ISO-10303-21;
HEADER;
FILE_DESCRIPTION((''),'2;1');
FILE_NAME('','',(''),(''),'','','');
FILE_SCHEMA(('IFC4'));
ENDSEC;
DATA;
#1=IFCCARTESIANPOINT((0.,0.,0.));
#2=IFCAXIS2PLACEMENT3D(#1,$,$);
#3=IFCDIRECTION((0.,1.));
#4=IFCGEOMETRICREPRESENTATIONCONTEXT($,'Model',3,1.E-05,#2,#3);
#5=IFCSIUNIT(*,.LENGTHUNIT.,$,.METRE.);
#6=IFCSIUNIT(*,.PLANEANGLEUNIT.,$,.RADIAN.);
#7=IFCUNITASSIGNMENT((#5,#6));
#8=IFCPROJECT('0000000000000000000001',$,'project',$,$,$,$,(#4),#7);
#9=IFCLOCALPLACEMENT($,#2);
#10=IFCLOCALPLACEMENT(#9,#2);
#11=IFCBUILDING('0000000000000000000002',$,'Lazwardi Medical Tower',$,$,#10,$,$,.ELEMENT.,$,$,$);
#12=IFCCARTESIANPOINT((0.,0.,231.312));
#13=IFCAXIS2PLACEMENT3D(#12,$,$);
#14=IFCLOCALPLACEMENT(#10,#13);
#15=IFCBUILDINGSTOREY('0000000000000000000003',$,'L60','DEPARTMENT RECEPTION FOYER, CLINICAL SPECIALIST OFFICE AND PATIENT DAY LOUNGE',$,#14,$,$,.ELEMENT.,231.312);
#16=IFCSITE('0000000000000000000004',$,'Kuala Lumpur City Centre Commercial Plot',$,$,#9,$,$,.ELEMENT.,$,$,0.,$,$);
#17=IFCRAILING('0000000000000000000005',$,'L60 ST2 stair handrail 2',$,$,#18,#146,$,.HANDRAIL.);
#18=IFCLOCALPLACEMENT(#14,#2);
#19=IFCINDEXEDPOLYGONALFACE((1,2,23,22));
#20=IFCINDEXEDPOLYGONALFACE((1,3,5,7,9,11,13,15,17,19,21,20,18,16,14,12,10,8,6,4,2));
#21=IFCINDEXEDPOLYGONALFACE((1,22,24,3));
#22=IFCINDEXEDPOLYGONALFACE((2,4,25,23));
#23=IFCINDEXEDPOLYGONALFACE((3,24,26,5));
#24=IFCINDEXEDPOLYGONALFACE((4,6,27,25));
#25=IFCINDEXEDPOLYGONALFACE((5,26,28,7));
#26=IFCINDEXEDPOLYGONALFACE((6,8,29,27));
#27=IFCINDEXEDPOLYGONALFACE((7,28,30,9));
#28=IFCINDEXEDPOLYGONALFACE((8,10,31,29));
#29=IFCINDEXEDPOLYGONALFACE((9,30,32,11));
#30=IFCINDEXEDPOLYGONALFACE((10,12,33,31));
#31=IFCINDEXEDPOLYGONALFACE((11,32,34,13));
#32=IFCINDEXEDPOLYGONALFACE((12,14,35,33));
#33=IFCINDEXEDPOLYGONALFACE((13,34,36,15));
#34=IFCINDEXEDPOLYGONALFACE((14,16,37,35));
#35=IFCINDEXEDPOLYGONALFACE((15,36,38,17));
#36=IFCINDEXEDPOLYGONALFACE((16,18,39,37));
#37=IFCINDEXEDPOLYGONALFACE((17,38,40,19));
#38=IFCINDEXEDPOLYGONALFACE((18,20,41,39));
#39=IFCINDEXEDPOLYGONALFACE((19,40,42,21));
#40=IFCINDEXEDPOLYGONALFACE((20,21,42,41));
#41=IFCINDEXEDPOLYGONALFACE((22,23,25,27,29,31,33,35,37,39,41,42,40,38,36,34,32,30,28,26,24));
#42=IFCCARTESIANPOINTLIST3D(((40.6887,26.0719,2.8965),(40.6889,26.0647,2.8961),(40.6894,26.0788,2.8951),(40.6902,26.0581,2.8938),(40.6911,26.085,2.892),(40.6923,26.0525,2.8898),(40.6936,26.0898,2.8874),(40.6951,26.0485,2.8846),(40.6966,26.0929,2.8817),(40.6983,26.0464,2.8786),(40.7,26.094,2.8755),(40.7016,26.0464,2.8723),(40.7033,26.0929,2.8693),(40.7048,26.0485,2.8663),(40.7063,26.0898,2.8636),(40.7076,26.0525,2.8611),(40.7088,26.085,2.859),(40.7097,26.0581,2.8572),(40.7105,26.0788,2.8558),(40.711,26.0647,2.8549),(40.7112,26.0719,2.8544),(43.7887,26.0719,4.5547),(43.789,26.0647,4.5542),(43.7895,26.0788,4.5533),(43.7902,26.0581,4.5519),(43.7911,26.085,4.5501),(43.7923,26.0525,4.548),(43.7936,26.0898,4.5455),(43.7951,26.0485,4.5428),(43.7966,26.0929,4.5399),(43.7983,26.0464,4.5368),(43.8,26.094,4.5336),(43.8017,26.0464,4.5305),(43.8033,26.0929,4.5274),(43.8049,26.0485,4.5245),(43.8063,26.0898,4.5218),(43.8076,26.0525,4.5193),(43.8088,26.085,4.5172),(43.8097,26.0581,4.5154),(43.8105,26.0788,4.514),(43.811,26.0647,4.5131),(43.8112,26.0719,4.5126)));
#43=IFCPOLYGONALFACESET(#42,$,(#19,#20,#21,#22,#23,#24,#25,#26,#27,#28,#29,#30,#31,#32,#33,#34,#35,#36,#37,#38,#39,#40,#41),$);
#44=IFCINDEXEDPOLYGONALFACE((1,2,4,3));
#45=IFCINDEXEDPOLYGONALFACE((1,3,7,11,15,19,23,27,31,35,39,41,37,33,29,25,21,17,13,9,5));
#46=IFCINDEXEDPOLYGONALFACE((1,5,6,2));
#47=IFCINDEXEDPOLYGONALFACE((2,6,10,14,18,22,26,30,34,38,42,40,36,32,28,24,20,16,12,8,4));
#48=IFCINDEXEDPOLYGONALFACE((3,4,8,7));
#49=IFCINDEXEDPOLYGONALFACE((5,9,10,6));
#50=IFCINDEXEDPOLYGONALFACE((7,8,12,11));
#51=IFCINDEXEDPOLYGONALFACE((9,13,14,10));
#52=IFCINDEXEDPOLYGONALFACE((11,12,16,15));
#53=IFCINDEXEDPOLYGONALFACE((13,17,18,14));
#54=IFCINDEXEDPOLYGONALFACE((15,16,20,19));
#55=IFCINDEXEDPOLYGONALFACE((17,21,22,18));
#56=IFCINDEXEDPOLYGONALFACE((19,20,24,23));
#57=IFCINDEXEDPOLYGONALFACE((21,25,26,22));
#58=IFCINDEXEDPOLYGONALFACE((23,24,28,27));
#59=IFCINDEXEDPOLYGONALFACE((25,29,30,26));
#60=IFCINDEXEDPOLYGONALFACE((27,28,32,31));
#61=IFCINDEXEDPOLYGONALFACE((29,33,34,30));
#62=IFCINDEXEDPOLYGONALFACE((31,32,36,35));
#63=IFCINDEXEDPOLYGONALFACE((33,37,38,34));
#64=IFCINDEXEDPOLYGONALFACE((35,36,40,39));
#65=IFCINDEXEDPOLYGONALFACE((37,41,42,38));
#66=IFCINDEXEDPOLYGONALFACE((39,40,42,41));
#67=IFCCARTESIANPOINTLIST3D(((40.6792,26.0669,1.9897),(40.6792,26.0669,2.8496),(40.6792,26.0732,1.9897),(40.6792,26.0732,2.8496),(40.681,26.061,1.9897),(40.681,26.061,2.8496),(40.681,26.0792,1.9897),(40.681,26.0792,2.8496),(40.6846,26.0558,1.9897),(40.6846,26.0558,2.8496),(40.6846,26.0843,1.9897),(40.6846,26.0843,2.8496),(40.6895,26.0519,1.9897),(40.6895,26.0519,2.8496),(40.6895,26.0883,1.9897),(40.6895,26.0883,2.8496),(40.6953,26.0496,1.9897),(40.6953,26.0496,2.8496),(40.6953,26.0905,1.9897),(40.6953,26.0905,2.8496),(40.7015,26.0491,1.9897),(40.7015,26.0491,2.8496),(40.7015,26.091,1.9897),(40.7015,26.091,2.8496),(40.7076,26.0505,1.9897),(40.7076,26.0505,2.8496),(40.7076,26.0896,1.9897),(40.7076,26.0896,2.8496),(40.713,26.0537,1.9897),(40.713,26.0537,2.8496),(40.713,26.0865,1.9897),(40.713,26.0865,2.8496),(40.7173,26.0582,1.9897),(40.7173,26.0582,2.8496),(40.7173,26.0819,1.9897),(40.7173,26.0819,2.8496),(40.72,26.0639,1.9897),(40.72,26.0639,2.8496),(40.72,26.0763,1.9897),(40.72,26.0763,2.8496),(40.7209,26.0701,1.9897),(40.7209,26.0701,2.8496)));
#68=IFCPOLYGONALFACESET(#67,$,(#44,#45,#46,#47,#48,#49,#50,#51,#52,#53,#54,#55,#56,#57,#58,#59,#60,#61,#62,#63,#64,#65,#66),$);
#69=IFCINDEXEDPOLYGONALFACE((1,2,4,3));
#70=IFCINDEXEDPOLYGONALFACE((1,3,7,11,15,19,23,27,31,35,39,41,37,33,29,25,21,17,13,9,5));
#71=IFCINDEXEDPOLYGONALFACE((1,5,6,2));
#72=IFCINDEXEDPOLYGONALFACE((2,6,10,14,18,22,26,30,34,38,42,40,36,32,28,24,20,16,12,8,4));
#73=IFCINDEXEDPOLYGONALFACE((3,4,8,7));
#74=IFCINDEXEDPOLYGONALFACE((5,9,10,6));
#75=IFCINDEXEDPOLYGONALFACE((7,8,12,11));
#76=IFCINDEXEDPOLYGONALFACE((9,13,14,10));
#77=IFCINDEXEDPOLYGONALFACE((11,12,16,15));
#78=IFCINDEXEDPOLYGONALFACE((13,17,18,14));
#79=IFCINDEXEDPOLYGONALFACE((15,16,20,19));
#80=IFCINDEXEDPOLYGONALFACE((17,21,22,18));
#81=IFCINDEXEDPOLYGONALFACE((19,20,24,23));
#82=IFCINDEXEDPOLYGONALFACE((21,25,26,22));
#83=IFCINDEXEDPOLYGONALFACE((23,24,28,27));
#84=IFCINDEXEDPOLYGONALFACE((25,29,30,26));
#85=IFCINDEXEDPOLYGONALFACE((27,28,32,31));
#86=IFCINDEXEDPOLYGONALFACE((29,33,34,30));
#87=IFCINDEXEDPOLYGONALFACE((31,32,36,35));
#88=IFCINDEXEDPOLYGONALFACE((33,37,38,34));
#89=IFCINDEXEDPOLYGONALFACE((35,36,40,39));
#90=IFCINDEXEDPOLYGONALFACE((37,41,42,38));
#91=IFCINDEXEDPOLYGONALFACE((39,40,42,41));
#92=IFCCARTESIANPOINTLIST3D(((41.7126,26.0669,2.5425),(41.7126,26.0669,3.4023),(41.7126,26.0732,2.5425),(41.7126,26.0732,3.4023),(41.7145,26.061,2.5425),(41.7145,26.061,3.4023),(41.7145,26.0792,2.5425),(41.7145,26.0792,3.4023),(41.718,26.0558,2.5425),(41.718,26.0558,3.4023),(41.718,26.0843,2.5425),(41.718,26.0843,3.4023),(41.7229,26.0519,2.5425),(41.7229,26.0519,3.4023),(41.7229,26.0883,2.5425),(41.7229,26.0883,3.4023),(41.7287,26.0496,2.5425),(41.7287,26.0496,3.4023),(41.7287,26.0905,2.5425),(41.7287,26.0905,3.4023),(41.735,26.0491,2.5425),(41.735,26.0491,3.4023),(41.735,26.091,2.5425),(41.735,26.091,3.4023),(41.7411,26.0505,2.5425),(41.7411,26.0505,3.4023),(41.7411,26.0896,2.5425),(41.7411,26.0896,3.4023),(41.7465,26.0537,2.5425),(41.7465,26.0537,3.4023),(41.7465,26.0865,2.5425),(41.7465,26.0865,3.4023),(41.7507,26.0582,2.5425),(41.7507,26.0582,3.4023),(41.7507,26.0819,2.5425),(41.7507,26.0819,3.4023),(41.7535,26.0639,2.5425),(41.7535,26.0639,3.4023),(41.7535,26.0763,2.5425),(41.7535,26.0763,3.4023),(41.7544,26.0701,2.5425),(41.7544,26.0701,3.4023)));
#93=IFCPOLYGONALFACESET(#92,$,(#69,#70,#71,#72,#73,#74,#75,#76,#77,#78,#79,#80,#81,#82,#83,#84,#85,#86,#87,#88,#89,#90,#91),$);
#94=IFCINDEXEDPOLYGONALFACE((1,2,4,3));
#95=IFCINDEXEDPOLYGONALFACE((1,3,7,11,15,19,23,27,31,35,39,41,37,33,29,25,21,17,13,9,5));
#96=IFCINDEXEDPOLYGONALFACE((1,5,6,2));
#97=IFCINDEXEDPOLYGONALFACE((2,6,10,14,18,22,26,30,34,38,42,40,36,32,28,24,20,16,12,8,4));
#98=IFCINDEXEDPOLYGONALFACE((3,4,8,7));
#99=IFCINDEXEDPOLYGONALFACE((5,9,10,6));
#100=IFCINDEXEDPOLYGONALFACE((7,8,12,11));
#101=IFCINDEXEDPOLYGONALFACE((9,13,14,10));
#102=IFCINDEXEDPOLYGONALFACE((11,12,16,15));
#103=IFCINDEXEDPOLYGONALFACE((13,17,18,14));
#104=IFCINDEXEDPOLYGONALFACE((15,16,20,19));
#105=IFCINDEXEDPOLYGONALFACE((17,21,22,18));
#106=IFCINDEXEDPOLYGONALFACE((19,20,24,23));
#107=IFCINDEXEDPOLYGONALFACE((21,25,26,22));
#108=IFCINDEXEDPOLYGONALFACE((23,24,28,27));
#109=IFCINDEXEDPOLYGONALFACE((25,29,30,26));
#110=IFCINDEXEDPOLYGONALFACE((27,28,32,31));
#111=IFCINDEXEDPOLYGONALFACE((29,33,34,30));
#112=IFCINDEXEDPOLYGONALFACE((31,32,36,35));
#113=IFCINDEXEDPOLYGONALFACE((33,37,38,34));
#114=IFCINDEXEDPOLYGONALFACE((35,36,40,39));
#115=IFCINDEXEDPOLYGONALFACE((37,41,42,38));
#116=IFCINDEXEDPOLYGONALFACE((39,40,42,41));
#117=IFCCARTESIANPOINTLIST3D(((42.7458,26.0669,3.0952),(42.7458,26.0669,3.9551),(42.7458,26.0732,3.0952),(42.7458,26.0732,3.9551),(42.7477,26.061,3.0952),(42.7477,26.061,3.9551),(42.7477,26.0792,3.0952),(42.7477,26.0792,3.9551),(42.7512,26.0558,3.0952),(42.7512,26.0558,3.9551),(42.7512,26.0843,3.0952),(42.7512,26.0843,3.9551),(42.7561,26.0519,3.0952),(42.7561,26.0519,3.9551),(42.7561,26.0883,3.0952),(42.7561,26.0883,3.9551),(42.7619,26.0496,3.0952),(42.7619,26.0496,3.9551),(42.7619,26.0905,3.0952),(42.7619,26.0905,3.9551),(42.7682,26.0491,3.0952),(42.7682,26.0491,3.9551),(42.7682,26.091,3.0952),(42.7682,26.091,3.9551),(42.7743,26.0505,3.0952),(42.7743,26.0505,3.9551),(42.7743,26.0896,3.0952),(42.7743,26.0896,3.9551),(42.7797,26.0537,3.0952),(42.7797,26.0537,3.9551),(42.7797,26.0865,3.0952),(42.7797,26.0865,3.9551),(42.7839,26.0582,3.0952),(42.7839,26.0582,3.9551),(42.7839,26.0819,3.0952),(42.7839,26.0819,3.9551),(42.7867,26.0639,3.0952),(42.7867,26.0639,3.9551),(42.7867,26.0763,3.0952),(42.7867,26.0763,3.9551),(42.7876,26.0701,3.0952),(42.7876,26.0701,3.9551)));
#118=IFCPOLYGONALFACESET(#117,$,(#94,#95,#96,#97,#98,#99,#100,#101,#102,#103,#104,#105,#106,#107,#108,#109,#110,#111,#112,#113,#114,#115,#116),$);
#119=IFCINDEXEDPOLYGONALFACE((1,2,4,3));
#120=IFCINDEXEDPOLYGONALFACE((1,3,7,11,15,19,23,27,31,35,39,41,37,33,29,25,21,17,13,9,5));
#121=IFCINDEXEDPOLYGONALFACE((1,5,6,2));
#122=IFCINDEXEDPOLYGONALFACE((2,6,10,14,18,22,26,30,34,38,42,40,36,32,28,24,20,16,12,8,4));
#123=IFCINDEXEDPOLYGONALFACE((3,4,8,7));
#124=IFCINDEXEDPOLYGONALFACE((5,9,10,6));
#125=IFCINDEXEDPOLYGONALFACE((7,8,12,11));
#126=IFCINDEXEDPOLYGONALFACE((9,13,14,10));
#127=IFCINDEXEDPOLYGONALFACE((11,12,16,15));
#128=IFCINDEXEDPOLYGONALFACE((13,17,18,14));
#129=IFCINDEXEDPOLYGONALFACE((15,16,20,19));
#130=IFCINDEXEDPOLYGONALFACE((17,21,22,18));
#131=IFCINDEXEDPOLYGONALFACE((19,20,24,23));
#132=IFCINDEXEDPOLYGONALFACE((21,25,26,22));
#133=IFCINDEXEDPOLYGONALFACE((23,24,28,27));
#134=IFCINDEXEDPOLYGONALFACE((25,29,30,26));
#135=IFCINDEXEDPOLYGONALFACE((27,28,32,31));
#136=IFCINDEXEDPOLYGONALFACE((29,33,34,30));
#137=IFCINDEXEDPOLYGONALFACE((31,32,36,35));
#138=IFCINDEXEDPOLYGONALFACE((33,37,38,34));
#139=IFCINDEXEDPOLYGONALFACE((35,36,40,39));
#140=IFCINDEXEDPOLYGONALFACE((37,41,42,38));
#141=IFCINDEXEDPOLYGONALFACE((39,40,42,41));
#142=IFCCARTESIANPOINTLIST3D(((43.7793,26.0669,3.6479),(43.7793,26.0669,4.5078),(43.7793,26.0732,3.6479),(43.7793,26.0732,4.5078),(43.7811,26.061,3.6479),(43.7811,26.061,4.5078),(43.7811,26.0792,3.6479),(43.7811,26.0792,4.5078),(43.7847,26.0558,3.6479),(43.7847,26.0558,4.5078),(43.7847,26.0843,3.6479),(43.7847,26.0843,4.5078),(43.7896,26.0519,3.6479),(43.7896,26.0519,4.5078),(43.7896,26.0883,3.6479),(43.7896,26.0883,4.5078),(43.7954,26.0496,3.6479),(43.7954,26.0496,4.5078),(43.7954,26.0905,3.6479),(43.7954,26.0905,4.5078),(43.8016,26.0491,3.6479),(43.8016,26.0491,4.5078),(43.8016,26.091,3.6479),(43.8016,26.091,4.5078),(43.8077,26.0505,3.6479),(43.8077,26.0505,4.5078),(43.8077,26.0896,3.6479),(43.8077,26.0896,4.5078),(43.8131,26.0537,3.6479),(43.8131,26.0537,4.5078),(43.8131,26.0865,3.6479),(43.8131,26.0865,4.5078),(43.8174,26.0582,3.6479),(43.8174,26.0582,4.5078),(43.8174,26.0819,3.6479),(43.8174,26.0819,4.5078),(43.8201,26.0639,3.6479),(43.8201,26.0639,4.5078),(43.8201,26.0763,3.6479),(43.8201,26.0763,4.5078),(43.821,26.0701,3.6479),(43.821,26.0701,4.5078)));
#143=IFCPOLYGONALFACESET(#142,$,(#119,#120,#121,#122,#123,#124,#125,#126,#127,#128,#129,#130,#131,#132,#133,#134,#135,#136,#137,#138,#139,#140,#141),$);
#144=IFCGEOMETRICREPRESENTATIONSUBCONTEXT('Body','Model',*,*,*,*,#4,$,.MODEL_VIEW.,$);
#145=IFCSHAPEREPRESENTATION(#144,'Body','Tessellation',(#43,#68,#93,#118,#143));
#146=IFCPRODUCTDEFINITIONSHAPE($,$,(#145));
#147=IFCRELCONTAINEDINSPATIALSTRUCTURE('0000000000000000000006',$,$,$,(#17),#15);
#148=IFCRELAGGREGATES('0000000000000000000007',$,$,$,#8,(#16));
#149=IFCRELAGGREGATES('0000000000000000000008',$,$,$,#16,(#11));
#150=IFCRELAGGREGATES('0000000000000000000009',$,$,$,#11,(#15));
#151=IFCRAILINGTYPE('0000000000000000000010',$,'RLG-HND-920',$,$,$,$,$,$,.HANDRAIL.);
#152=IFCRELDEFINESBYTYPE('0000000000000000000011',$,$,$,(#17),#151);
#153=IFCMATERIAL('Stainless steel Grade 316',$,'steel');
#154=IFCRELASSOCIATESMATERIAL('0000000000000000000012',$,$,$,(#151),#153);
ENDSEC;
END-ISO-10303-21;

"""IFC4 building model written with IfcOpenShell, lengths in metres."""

from ifc_helpers import new_model, si_unit, direction, frame, origin, origin_2d, place, context, subcontext, project, spatial, circle, extrude, material, type_object, element, save


model = new_model("IFC4")

# Units and contexts
model_context = context("Model", 3, precision=1e-05, world=origin(), true_north=direction((0.0, 1.0)))
body_context = subcontext(model_context, "Body", "Model", "MODEL_VIEW")
ifc_project = project(units=[si_unit("LENGTHUNIT", "METRE"), si_unit("PLANEANGLEUNIT", "RADIAN")], contexts=[model_context])

# Site, building, storey
site_placement = place(None, origin())
site = spatial("IfcSite", under=ifc_project, at=site_placement, Name="Kuala Lumpur City Centre Commercial Plot", CompositionType="ELEMENT", RefElevation=0.0)
building_placement = place(site_placement, origin())
building = spatial("IfcBuilding", under=site, at=building_placement, Name="Lazwardi Medical Tower", CompositionType="ELEMENT")
storey_placement = place(building_placement, frame((0.0, 0.0, 231.312)))
storey = spatial("IfcBuildingStorey", under=building, at=storey_placement, Name="L60", Description="DEPARTMENT RECEPTION FOYER, CLINICAL SPECIALIST OFFICE AND PATIENT DAY LOUNGE", CompositionType="ELEMENT", Elevation=231.312)

# Railing
ifc_material_1 = material(Name="Stainless steel Grade 316", Category="steel")
railing_type_1 = type_object("IfcRailingType", Name="RLG-HND-920", PredefinedType="HANDRAIL", material=ifc_material_1)
railing_1_placement = place(storey_placement, frame((40.7, 26.0701, 1.9897)))
element("IfcRailing", 1, at=railing_1_placement, inside=storey, type_object=railing_type_1, Name="L60 ST2 stair handrail 2", PredefinedType="HANDRAIL", context=body_context, shape_type="SweptSolid", body=[
    extrude(circle(Radius=0.0239, at=origin_2d()), frame((0.0, 0.0, 0.8857), z_axis=(0.881783, 0.0, 0.471655), x_axis=(0.0, 1.0, 0.0)), (0.0, 0.0, 1.0), 3.5156),
    extrude(circle(Radius=0.021, at=origin_2d()), origin(), (0.0, 0.0, 1.0), 0.8599),
    extrude(circle(Radius=0.021, at=origin_2d()), frame((1.0334, 0.0, 0.5527)), (0.0, 0.0, 1.0), 0.8599),
    extrude(circle(Radius=0.021, at=origin_2d()), frame((2.0667, 0.0, 1.1055)), (0.0, 0.0, 1.0), 0.8599),
    extrude(circle(Radius=0.021, at=origin_2d()), frame((3.1001, 0.0, 1.6582)), (0.0, 0.0, 1.0), 0.8599),
])

save(model, "model.ifc")
